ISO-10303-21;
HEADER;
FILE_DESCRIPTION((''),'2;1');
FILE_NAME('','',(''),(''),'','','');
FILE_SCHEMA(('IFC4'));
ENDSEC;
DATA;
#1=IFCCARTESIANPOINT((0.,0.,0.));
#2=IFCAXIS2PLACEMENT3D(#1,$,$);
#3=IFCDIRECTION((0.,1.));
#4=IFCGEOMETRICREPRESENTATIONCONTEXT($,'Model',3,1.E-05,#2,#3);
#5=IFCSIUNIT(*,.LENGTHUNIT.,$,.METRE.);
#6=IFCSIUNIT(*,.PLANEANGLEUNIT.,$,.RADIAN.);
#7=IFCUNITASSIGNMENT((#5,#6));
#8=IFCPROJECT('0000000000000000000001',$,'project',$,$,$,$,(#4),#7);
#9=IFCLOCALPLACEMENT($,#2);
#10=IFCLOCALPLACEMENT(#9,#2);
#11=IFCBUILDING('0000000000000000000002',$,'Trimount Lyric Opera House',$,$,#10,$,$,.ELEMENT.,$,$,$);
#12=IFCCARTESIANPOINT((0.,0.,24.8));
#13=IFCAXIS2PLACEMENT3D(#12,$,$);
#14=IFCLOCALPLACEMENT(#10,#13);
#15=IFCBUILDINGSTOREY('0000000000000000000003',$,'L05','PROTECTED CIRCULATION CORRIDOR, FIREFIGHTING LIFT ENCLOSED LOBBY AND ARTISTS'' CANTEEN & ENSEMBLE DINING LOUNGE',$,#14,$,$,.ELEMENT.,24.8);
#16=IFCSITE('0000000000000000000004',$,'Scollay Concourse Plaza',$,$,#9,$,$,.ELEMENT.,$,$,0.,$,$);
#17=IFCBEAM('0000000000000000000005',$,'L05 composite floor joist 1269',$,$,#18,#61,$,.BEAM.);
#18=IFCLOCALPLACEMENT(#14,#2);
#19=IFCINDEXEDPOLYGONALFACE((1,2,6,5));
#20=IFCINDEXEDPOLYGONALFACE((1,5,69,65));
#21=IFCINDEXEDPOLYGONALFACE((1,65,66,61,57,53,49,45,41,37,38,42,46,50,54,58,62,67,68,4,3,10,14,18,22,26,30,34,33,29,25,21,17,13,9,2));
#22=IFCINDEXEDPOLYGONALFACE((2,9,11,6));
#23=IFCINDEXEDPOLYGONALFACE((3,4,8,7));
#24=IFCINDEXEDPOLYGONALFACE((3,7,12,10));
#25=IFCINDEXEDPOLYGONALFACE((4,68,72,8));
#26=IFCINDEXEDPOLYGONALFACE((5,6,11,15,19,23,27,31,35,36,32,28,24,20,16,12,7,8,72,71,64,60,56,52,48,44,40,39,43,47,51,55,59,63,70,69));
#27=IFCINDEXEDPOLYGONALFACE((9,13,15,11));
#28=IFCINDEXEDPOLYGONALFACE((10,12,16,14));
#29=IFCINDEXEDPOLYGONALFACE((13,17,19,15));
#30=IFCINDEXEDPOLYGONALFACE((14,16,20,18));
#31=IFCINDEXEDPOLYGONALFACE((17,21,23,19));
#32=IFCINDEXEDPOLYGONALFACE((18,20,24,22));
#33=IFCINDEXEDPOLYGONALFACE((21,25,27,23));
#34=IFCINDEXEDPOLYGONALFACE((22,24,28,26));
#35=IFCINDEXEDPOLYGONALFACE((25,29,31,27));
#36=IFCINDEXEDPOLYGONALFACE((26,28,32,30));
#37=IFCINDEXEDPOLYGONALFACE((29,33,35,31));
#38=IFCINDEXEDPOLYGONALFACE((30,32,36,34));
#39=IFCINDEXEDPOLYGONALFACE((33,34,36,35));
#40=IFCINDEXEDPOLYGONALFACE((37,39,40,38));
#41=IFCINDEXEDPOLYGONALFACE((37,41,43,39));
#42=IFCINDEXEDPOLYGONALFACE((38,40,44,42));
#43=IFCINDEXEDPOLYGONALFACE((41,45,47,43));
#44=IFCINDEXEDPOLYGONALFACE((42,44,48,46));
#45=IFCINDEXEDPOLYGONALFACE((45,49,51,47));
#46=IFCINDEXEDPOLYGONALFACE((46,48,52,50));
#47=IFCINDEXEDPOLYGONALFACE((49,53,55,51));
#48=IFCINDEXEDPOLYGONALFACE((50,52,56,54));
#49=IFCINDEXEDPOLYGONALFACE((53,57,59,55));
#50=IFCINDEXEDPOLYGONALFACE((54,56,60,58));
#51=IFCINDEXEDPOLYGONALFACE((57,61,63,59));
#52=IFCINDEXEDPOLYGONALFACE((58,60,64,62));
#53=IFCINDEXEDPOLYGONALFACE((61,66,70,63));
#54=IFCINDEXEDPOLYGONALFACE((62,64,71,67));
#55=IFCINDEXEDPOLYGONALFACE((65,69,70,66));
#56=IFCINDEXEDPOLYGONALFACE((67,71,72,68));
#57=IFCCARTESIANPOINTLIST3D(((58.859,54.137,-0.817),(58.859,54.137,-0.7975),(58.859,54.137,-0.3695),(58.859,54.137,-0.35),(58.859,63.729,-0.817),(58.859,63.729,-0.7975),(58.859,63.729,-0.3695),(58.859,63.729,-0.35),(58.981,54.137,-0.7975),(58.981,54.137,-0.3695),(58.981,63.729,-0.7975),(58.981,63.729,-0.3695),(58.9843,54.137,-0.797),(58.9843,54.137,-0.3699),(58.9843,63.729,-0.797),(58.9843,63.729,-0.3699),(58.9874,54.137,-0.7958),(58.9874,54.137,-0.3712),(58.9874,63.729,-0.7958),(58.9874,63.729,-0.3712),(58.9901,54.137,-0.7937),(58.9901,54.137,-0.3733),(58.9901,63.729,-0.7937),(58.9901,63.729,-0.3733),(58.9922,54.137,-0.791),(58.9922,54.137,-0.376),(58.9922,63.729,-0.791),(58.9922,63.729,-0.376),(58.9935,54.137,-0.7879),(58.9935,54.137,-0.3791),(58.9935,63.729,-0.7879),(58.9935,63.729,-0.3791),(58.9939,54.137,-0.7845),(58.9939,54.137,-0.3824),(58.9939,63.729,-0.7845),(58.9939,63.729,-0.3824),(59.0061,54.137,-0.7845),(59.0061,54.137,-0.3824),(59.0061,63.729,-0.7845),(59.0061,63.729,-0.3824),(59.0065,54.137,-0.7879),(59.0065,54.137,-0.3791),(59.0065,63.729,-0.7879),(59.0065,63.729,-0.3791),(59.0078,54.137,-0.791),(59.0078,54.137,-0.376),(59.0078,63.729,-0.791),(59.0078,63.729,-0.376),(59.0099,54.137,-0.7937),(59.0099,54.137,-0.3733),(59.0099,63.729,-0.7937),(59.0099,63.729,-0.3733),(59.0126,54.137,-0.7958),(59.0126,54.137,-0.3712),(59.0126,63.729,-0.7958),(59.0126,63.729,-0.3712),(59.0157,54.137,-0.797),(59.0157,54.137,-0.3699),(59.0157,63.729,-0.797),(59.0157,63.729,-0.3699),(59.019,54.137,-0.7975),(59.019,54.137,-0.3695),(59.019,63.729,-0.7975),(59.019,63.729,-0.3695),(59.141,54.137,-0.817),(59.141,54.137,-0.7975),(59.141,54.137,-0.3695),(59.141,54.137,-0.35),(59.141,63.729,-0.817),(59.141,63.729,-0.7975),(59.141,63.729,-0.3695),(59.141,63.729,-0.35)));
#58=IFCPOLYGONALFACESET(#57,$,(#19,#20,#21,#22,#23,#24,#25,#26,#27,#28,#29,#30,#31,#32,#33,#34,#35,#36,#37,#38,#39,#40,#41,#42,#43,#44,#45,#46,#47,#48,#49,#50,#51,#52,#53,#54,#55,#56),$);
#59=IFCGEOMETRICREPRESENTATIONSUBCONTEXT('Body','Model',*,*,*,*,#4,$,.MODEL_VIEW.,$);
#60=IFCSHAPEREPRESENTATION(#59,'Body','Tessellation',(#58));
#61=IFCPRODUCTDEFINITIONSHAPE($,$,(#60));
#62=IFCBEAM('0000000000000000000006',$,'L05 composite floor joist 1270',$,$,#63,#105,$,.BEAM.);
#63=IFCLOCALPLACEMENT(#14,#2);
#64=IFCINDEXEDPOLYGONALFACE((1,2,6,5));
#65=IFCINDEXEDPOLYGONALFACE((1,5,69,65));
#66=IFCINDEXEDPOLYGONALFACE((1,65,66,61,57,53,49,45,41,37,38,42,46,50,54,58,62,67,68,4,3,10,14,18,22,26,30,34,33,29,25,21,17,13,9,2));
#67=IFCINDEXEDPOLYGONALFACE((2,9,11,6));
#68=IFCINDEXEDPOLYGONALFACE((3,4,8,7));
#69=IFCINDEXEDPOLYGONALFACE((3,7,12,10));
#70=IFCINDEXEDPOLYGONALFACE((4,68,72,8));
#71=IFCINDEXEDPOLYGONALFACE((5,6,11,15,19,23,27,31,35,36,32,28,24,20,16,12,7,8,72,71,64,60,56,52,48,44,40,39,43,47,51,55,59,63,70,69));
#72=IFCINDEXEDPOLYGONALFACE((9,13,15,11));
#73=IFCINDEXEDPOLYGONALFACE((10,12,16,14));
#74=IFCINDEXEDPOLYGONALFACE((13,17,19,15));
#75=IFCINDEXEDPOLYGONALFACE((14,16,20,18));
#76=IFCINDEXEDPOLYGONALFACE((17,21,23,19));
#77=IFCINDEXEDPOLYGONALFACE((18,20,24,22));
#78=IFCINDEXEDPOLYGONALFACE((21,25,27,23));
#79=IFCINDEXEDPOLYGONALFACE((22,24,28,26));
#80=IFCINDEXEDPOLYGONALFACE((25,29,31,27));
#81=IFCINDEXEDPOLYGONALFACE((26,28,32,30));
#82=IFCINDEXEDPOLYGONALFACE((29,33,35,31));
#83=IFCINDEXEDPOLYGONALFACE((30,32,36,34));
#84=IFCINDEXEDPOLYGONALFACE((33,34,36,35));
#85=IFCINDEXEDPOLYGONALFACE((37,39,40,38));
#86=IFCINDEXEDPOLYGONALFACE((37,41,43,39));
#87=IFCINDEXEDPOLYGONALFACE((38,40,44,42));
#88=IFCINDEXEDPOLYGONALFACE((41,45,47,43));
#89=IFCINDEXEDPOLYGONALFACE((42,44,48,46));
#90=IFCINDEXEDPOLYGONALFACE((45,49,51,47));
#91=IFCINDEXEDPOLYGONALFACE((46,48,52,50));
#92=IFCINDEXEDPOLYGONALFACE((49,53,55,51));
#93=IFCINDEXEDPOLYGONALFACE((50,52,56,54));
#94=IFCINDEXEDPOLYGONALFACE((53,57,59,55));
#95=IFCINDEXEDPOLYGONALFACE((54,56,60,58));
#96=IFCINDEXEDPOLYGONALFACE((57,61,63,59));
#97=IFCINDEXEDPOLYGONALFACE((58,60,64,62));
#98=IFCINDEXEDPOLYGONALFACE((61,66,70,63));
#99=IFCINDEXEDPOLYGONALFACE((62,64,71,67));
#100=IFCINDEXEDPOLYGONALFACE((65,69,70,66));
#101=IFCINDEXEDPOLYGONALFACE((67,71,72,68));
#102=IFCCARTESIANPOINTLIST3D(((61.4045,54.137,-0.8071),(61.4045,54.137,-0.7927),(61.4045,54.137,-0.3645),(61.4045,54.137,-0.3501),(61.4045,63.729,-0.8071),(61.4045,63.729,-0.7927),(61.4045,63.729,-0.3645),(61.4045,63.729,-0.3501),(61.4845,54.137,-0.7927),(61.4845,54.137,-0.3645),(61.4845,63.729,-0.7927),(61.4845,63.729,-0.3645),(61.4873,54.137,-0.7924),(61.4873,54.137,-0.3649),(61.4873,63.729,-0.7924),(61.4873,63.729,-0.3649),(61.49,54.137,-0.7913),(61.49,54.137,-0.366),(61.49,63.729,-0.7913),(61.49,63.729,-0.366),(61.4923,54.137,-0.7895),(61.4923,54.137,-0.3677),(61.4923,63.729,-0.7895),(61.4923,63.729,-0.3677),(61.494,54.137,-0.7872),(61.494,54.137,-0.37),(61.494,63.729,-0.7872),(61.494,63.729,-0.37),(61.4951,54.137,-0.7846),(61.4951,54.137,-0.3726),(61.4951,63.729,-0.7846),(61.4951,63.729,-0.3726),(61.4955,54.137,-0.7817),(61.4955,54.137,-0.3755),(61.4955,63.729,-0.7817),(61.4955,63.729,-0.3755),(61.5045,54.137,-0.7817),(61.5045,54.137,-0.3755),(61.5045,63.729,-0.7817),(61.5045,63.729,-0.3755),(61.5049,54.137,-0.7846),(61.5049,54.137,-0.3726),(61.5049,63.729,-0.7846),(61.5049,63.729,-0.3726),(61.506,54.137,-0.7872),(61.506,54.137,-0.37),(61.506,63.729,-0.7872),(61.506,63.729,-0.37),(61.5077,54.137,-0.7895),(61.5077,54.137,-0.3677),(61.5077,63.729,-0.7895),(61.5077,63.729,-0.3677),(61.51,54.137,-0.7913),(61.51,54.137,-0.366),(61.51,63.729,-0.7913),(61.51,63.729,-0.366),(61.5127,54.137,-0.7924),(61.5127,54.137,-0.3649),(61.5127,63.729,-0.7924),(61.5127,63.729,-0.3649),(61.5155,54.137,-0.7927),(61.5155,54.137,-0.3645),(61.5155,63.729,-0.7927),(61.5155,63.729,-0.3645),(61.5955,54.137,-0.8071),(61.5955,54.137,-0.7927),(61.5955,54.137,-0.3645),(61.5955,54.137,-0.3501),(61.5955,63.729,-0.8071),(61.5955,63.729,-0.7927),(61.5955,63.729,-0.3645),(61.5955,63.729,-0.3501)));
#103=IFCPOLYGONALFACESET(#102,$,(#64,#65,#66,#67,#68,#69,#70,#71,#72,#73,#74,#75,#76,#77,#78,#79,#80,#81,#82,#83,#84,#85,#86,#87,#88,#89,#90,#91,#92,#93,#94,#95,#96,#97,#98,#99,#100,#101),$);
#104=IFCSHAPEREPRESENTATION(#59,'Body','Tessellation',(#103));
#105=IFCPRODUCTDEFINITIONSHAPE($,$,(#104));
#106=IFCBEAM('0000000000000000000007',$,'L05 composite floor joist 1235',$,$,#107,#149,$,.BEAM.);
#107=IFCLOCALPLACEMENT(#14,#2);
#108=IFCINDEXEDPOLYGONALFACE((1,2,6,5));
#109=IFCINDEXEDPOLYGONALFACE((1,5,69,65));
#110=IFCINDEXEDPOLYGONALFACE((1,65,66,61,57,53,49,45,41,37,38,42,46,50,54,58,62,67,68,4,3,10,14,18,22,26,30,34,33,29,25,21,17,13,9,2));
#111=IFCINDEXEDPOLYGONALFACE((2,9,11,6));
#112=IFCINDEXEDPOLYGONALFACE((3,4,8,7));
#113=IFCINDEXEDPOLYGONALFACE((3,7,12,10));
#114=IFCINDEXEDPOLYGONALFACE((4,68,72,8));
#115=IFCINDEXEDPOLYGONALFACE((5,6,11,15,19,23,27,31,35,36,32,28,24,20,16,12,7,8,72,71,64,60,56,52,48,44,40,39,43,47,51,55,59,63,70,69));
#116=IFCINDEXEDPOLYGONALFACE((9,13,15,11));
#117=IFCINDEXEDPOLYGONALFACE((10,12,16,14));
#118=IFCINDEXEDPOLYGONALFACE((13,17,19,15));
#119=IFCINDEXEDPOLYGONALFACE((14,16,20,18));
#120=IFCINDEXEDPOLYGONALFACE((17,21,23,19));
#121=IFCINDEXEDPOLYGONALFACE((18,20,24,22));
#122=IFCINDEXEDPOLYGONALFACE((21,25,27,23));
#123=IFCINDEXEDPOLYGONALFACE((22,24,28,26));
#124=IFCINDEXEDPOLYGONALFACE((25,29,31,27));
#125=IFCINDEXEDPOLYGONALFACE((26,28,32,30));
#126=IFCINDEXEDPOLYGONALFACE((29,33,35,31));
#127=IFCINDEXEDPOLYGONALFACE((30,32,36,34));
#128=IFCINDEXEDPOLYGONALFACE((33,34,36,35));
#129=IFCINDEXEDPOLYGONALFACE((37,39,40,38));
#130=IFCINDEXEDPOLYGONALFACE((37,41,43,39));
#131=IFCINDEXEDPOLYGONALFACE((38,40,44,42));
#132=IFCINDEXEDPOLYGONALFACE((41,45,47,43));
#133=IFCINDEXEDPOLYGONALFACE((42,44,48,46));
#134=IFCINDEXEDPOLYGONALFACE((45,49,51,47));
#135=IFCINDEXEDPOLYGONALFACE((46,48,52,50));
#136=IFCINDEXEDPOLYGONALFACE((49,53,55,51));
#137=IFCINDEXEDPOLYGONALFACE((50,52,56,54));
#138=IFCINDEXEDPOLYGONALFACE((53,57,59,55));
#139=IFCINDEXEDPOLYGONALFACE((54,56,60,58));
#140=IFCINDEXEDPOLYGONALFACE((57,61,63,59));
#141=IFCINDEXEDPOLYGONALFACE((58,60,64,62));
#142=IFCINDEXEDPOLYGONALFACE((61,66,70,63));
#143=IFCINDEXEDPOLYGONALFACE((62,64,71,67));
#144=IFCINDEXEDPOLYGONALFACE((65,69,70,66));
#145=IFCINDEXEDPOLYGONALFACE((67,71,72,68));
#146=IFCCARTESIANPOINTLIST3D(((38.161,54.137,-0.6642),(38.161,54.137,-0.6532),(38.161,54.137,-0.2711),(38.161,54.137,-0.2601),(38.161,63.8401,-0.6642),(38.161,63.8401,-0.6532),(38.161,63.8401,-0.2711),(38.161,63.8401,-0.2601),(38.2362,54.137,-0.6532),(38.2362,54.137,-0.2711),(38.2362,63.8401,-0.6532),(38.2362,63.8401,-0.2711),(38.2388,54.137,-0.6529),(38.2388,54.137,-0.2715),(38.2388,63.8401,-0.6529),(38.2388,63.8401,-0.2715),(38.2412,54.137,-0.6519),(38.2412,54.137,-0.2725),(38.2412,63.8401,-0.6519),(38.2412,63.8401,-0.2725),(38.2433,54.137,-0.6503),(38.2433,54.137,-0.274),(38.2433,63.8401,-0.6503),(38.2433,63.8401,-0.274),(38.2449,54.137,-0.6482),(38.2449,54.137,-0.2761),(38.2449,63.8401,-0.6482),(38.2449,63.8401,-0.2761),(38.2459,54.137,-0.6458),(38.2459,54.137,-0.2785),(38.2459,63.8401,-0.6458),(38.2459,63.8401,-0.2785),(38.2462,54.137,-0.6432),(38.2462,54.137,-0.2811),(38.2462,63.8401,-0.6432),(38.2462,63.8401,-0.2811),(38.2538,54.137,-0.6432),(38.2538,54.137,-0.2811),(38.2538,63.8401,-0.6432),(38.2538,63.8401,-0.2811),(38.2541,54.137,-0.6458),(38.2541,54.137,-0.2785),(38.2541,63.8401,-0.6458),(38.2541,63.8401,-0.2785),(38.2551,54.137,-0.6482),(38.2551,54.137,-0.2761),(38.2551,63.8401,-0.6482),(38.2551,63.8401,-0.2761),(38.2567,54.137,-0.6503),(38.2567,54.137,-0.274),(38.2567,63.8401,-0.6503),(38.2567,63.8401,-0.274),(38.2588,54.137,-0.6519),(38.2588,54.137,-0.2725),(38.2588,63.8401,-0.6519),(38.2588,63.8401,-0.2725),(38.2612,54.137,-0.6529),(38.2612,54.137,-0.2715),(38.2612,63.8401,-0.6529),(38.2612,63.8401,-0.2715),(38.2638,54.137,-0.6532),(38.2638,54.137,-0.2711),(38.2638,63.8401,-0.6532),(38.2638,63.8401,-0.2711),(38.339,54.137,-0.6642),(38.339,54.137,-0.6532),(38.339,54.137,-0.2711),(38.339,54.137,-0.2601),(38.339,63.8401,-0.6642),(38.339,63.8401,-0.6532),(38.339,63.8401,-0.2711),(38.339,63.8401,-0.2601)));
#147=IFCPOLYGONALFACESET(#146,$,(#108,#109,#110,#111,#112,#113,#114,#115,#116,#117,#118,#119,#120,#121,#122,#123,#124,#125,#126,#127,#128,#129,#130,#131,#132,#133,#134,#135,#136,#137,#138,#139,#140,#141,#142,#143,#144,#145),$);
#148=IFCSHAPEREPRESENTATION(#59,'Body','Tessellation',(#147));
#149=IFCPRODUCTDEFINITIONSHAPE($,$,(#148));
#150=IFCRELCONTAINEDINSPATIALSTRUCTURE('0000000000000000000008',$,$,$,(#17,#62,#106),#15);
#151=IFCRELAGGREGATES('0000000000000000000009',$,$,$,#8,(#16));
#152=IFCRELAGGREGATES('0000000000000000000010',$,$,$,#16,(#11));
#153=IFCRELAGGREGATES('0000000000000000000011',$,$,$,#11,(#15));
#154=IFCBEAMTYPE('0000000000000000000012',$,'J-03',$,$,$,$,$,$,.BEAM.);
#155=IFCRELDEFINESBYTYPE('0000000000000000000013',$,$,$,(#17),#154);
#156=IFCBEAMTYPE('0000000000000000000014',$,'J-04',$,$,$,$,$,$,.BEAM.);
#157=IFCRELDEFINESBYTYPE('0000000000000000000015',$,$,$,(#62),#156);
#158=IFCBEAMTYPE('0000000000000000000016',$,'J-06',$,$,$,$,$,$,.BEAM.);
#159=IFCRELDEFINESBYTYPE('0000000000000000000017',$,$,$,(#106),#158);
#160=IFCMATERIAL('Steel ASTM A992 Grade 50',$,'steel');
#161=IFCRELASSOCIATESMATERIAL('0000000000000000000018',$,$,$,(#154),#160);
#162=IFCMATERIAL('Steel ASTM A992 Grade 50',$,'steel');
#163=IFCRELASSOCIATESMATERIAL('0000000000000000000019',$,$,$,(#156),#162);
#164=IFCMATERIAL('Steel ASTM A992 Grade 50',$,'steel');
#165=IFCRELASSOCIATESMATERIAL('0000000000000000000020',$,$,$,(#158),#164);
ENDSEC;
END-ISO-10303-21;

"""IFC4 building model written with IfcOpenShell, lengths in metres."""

from ifc_helpers import new_model, si_unit, direction, frame, origin, origin_2d, place, context, subcontext, project, spatial, i_section, extrude, material, material_profile, profile_set, type_object, element, save


model = new_model("IFC4")

# Units and contexts
model_context = context("Model", 3, precision=1e-05, world=origin(), true_north=direction((0.0, 1.0)))
body_context = subcontext(model_context, "Body", "Model", "MODEL_VIEW")
ifc_project = project(units=[si_unit("LENGTHUNIT", "METRE"), si_unit("PLANEANGLEUNIT", "RADIAN")], contexts=[model_context])

# Site, building, storey
site_placement = place(None, origin())
site = spatial("IfcSite", under=ifc_project, at=site_placement, Name="Scollay Concourse Plaza", CompositionType="ELEMENT", RefElevation=0.0)
building_placement = place(site_placement, origin())
building = spatial("IfcBuilding", under=site, at=building_placement, Name="Trimount Lyric Opera House", CompositionType="ELEMENT")
storey_placement = place(building_placement, frame((0.0, 0.0, 24.8)))
storey = spatial("IfcBuildingStorey", under=building, at=storey_placement, Name="L05", Description="PROTECTED CIRCULATION CORRIDOR, FIREFIGHTING LIFT ENCLOSED LOBBY AND ARTISTS' CANTEEN & ENSEMBLE DINING LOUNGE", CompositionType="ELEMENT", Elevation=24.8)

# Beams
ifc_material_1 = material(Name="Steel ASTM A992 Grade 50", Category="steel")
ifc_material_profile_1 = material_profile(ifc_material_1, i_section(OverallWidth=0.282, OverallDepth=0.467, WebThickness=0.0122, FlangeThickness=0.0195, FilletRadius=0.0129, at=origin_2d()), Name="W18X86")
ifc_profile_set_1 = profile_set([ifc_material_profile_1], Name="Steel ASTM A992 Grade 50")
beam_type_1 = type_object("IfcBeamType", Name="J-03", PredefinedType="BEAM", material=ifc_profile_set_1)
beam_1_placement = place(storey_placement, frame((59.0, 54.137, -0.5835), z_axis=(0.0, 1.0, 0.0), x_axis=(-1.0, 0.0, 0.0)))
element("IfcBeam", 1, at=beam_1_placement, inside=storey, type_object=beam_type_1, Name="L05 composite floor joist 1269", PredefinedType="BEAM", context=body_context, shape_type="SweptSolid", body=[
    extrude(i_section(OverallWidth=0.282, OverallDepth=0.467, WebThickness=0.0122, FlangeThickness=0.0195, FilletRadius=0.0129, at=origin_2d()), origin(), (0.0, 0.0, 1.0), 9.592),
])
ifc_material_2 = material(Name="Steel ASTM A992 Grade 50", Category="steel")
ifc_material_profile_2 = material_profile(ifc_material_2, i_section(OverallWidth=0.1909, OverallDepth=0.457, WebThickness=0.009, FlangeThickness=0.0144, FilletRadius=0.011, at=origin_2d()), Name="W18X50")
ifc_profile_set_2 = profile_set([ifc_material_profile_2], Name="Steel ASTM A992 Grade 50")
beam_type_2 = type_object("IfcBeamType", Name="J-04", PredefinedType="BEAM", material=ifc_profile_set_2)
beam_2_placement = place(storey_placement, frame((61.5, 54.137, -0.5786), z_axis=(0.0, 1.0, 0.0), x_axis=(-1.0, 0.0, 0.0)))
element("IfcBeam", 2, at=beam_2_placement, inside=storey, type_object=beam_type_2, Name="L05 composite floor joist 1270", PredefinedType="BEAM", context=body_context, shape_type="SweptSolid", body=[
    extrude(i_section(OverallWidth=0.1909, OverallDepth=0.457, WebThickness=0.009, FlangeThickness=0.0144, FilletRadius=0.011, at=origin_2d()), origin(), (0.0, 0.0, 1.0), 9.592),
])
ifc_material_3 = material(Name="Steel ASTM A992 Grade 50", Category="steel")
ifc_material_profile_3 = material_profile(ifc_material_3, i_section(OverallWidth=0.178, OverallDepth=0.4041, WebThickness=0.0076, FlangeThickness=0.011, FilletRadius=0.01, at=origin_2d()), Name="W16X36")
ifc_profile_set_3 = profile_set([ifc_material_profile_3], Name="Steel ASTM A992 Grade 50")
beam_type_3 = type_object("IfcBeamType", Name="J-06", PredefinedType="BEAM", material=ifc_profile_set_3)
beam_3_placement = place(storey_placement, frame((38.25, 54.137, -0.4622), z_axis=(0.0, 1.0, 0.0), x_axis=(-1.0, 0.0, 0.0)))
element("IfcBeam", 3, at=beam_3_placement, inside=storey, type_object=beam_type_3, Name="L05 composite floor joist 1235", PredefinedType="BEAM", context=body_context, shape_type="SweptSolid", body=[
    extrude(i_section(OverallWidth=0.178, OverallDepth=0.4041, WebThickness=0.0076, FlangeThickness=0.011, FilletRadius=0.01, at=origin_2d()), origin(), (0.0, 0.0, 1.0), 9.7031),
])

save(model, "model.ifc")
